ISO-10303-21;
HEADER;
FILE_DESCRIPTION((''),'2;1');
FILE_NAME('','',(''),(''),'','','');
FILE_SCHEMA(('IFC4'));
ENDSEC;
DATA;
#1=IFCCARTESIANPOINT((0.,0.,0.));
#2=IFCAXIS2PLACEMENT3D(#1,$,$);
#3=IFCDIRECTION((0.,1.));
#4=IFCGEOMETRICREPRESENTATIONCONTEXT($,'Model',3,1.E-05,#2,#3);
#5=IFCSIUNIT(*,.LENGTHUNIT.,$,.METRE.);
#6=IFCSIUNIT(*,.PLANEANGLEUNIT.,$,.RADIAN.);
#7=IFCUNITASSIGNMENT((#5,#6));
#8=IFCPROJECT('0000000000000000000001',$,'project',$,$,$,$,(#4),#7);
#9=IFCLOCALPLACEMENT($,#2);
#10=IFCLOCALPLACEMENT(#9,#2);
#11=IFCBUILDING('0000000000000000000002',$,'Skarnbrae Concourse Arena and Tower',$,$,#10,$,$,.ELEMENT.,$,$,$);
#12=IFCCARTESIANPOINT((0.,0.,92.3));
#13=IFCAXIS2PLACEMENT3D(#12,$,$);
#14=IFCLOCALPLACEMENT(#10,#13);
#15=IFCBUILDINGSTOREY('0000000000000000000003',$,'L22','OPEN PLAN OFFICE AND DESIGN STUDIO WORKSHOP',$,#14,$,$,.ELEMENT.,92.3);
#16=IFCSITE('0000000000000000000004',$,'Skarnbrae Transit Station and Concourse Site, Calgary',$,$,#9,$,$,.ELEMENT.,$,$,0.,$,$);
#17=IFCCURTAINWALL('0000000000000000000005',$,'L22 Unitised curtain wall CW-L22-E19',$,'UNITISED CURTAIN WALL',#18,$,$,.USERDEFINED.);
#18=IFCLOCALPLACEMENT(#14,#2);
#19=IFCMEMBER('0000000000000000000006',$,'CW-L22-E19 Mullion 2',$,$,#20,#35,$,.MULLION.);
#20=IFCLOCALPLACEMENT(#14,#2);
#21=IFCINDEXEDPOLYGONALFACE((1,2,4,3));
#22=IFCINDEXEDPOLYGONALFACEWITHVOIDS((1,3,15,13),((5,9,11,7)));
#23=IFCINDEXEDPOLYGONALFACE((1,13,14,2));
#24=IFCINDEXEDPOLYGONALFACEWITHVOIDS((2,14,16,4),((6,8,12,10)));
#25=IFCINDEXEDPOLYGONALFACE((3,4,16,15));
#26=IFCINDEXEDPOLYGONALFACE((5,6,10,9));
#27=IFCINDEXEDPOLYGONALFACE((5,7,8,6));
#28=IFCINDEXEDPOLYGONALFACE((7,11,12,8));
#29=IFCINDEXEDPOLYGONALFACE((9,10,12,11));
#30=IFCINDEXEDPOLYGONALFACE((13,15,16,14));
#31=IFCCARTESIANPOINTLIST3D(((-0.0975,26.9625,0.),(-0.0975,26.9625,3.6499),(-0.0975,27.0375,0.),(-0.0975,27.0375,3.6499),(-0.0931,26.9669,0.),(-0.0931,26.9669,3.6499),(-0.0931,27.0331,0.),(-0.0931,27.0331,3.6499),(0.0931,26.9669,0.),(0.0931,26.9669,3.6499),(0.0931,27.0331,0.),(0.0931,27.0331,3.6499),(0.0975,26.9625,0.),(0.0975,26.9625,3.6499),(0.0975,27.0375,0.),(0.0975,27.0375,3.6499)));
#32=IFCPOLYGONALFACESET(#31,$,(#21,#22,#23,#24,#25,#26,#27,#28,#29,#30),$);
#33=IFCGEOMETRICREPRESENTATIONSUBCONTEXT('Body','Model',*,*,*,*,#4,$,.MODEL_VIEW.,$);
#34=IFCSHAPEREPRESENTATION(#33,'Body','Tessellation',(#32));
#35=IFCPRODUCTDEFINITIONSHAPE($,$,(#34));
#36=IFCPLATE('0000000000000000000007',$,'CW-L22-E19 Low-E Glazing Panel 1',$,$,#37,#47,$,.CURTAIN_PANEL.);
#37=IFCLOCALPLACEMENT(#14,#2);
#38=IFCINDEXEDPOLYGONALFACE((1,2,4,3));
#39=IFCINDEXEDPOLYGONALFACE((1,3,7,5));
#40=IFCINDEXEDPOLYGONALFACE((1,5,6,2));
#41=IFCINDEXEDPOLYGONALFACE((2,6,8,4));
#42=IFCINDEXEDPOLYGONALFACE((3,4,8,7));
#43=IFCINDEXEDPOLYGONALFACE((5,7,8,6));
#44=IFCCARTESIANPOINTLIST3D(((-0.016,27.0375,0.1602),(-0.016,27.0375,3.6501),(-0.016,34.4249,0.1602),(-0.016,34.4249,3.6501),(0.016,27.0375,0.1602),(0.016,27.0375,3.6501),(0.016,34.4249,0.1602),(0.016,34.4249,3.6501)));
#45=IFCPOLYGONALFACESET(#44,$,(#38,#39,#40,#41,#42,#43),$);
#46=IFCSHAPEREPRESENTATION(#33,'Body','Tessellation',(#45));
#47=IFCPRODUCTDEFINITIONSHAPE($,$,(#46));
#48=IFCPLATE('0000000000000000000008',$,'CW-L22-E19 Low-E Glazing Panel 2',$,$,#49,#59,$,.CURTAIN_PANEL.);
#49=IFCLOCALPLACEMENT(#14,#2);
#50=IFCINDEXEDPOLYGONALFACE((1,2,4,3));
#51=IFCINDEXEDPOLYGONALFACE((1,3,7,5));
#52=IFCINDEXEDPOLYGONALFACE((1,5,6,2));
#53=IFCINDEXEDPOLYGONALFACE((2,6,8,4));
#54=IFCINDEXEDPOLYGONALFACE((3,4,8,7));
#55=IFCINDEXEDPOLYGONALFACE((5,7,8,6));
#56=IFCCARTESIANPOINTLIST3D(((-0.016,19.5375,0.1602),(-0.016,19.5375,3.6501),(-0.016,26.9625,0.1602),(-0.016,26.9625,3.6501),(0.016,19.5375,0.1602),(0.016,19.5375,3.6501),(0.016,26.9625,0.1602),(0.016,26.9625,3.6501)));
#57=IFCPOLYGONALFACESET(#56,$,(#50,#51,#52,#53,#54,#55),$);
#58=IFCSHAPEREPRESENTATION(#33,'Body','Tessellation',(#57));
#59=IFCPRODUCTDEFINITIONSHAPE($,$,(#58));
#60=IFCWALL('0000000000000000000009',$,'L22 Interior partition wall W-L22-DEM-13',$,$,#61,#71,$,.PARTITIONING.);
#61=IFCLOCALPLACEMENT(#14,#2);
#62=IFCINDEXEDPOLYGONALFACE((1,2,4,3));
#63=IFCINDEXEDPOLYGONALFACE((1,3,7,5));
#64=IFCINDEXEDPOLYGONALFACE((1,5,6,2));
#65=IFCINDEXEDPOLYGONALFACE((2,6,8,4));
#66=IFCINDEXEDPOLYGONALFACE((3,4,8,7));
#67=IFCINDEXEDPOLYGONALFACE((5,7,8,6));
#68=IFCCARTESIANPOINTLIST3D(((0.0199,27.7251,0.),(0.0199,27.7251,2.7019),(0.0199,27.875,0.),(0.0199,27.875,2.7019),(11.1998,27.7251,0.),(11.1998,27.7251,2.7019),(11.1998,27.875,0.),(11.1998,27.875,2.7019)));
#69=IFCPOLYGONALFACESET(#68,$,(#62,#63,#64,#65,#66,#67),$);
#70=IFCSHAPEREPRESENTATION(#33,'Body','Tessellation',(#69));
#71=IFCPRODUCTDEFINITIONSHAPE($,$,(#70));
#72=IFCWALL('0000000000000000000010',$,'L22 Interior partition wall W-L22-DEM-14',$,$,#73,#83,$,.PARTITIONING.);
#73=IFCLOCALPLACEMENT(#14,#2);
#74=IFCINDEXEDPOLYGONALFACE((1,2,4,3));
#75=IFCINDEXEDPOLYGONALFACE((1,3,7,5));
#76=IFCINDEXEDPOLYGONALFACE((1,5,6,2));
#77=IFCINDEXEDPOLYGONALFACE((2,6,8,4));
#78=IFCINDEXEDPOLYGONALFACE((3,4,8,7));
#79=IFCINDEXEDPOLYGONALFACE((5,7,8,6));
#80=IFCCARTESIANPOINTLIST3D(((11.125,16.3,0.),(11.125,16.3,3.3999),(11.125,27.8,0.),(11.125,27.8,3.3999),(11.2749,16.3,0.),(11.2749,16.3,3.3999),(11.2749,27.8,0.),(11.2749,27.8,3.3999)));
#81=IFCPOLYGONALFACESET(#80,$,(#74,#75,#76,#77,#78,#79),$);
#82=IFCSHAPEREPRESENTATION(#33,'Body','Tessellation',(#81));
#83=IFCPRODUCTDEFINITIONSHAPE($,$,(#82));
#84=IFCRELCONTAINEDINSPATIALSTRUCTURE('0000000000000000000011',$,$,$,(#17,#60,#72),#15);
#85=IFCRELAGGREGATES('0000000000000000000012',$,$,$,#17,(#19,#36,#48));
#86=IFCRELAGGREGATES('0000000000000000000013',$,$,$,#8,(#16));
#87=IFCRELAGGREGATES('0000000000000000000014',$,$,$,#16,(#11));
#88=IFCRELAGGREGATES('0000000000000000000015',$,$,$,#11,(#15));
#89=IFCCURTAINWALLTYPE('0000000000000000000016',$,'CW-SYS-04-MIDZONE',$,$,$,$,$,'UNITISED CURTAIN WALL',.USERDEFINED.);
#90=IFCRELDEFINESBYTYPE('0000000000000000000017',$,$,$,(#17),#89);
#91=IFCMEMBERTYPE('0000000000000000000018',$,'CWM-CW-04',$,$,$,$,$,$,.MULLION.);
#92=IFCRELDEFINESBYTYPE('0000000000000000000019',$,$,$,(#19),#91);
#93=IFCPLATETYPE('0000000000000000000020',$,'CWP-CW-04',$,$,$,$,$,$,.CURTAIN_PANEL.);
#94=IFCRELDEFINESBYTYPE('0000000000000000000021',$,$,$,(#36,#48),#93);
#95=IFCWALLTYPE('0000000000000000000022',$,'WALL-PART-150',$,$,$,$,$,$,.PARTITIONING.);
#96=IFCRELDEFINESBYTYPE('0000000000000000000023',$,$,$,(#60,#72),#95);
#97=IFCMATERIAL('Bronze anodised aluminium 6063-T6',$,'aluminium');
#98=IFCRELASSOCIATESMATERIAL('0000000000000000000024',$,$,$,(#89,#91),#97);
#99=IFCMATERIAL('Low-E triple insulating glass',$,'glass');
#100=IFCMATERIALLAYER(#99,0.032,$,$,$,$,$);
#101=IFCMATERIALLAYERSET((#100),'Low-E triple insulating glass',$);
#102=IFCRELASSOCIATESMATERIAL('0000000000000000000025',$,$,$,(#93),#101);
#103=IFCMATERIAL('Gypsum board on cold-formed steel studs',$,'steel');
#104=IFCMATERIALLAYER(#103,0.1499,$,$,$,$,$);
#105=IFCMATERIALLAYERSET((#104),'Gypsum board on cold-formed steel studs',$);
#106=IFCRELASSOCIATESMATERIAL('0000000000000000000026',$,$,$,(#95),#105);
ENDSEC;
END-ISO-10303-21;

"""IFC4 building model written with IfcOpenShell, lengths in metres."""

from ifc_helpers import new_model, si_unit, direction, frame, frame_2d, origin, origin_2d, place, context, subcontext, project, spatial, rectangle, hollow_rectangle, extrude, source, transform, mapped, material, layer, layer_set, material_profile, profile_set, type_object, element, aggregate, save


model = new_model("IFC4")

# Units and contexts
model_context = context("Model", 3, precision=1e-05, world=origin(), true_north=direction((0.0, 1.0)))
body_context = subcontext(model_context, "Body", "Model", "MODEL_VIEW")
ifc_project = project(units=[si_unit("LENGTHUNIT", "METRE"), si_unit("PLANEANGLEUNIT", "RADIAN")], contexts=[model_context])

# Site, building, storey
site_placement = place(None, origin())
site = spatial("IfcSite", under=ifc_project, at=site_placement, Name="Skarnbrae Transit Station and Concourse Site, Calgary", CompositionType="ELEMENT", RefElevation=0.0)
building_placement = place(site_placement, origin())
building = spatial("IfcBuilding", under=site, at=building_placement, Name="Skarnbrae Concourse Arena and Tower", CompositionType="ELEMENT")
storey_placement = place(building_placement, frame((0.0, 0.0, 92.3)))
storey = spatial("IfcBuildingStorey", under=building, at=storey_placement, Name="L22", Description="OPEN PLAN OFFICE AND DESIGN STUDIO WORKSHOP", CompositionType="ELEMENT", Elevation=92.3)

# Curtain wall, member, plates
ifc_material_1 = material(Name="Bronze anodised aluminium 6063-T6", Category="aluminium")
curtain_wall_type = type_object("IfcCurtainWallType", Name="CW-SYS-04-MIDZONE", ElementType="UNITISED CURTAIN WALL", PredefinedType="USERDEFINED", material=ifc_material_1)
curtain_wall_placement = place(storey_placement, origin())
curtain_wall = element("IfcCurtainWall", 1, at=curtain_wall_placement, inside=storey, type_object=curtain_wall_type, Name="L22 Unitised curtain wall CW-L22-E19", ObjectType="UNITISED CURTAIN WALL", PredefinedType="USERDEFINED")
ifc_material_profile_1 = material_profile(ifc_material_1, hollow_rectangle(XDim=0.075, YDim=0.1951, WallThickness=0.0044, at=origin_2d()), Name="ALU-MULL-75X195")
ifc_profile_set_1 = profile_set([ifc_material_profile_1], Name="Bronze anodised aluminium 6063-T6")
member_type_1 = type_object("IfcMemberType", Name="CWM-CW-04", PredefinedType="MULLION", material=ifc_profile_set_1)
shared_shape_1 = source(origin(), body_context, "Body", "SweptSolid", [
    extrude(hollow_rectangle(XDim=0.075, YDim=0.1951, WallThickness=0.0044, at=origin_2d()), origin(), (0.0, 0.0, 1.0), 3.6499),
])
member_1_placement = place(storey_placement, frame((0.0, 27.0, 0.0), z_axis=(0.0, 0.0, 1.0), x_axis=(0.0, -1.0, 0.0)))
member_1 = element("IfcMember", 2, at=member_1_placement, type_object=member_type_1, Name="CW-L22-E19 Mullion 2", PredefinedType="MULLION", context=body_context, shape_type="MappedRepresentation", body=[
    mapped(shared_shape_1, transform((0.0, 0.0, 0.0))),
])
ifc_material_2 = material(Name="Low-E triple insulating glass", Category="glass")
ifc_layer_1 = layer(ifc_material_2, 0.032)
ifc_layer_set_1 = layer_set([ifc_layer_1], Name="Low-E triple insulating glass")
plate_type = type_object("IfcPlateType", Name="CWP-CW-04", PredefinedType="CURTAIN_PANEL", material=ifc_layer_set_1)
shared_shape_2 = source(origin(), body_context, "Body", "SweptSolid", [
    extrude(rectangle(XDim=7.3875, YDim=0.032, at=origin_2d()), origin(), (0.0, 0.0, 1.0), 3.49),
])
plate_1_placement = place(storey_placement, frame((0.0, 30.7312, 0.1602), z_axis=(0.0, 0.0, 1.0), x_axis=(0.0, -1.0, 0.0)))
plate_1 = element("IfcPlate", 3, at=plate_1_placement, type_object=plate_type, Name="CW-L22-E19 Low-E Glazing Panel 1", PredefinedType="CURTAIN_PANEL", context=body_context, shape_type="MappedRepresentation", body=[
    mapped(shared_shape_2, transform((0.0, 0.0, 0.0))),
])
shared_shape_3 = source(origin(), body_context, "Body", "SweptSolid", [
    extrude(rectangle(XDim=7.425, YDim=0.032, at=origin_2d()), origin(), (0.0, 0.0, 1.0), 3.49),
])
plate_2_placement = place(storey_placement, frame((0.0, 23.25, 0.1602), z_axis=(0.0, 0.0, 1.0), x_axis=(0.0, -1.0, 0.0)))
plate_2 = element("IfcPlate", 4, at=plate_2_placement, type_object=plate_type, Name="CW-L22-E19 Low-E Glazing Panel 2", PredefinedType="CURTAIN_PANEL", context=body_context, shape_type="MappedRepresentation", body=[
    mapped(shared_shape_3, transform((0.0, 0.0, 0.0))),
])
aggregate(curtain_wall, [member_1, plate_1, plate_2])

# Walls
ifc_material_3 = material(Name="Gypsum board on cold-formed steel studs", Category="steel")
ifc_layer_2 = layer(ifc_material_3, 0.1499)
ifc_layer_set_2 = layer_set([ifc_layer_2], Name="Gypsum board on cold-formed steel studs")
wall_type = type_object("IfcWallType", Name="WALL-PART-150", PredefinedType="PARTITIONING", material=ifc_layer_set_2)
shared_shape_4 = source(origin(), body_context, "Body", "SweptSolid", [
    extrude(rectangle(XDim=11.1799, YDim=0.1499, at=frame_2d((5.5898, 0.0))), origin(), (0.0, 0.0, 1.0), 2.7019),
])
wall_1_placement = place(storey_placement, frame((0.02, 27.8, 0.0), z_axis=(0.0, 0.0, 1.0), x_axis=(1.0, 0.0, 0.0)))
element("IfcWall", 5, at=wall_1_placement, inside=storey, type_object=wall_type, Name="L22 Interior partition wall W-L22-DEM-13", PredefinedType="PARTITIONING", context=body_context, shape_type="MappedRepresentation", body=[
    mapped(shared_shape_4, transform((0.0, 0.0, 0.0))),
])
shared_shape_5 = source(origin(), body_context, "Body", "SweptSolid", [
    extrude(rectangle(XDim=11.5, YDim=0.1499, at=frame_2d((5.75, 0.0))), origin(), (0.0, 0.0, 1.0), 3.3999),
])
wall_2_placement = place(storey_placement, frame((11.2, 27.8, 0.0), z_axis=(0.0, 0.0, 1.0), x_axis=(0.0, -1.0, 0.0)))
element("IfcWall", 6, at=wall_2_placement, inside=storey, type_object=wall_type, Name="L22 Interior partition wall W-L22-DEM-14", PredefinedType="PARTITIONING", context=body_context, shape_type="MappedRepresentation", body=[
    mapped(shared_shape_5, transform((0.0, 0.0, 0.0))),
])

save(model, "model.ifc")
